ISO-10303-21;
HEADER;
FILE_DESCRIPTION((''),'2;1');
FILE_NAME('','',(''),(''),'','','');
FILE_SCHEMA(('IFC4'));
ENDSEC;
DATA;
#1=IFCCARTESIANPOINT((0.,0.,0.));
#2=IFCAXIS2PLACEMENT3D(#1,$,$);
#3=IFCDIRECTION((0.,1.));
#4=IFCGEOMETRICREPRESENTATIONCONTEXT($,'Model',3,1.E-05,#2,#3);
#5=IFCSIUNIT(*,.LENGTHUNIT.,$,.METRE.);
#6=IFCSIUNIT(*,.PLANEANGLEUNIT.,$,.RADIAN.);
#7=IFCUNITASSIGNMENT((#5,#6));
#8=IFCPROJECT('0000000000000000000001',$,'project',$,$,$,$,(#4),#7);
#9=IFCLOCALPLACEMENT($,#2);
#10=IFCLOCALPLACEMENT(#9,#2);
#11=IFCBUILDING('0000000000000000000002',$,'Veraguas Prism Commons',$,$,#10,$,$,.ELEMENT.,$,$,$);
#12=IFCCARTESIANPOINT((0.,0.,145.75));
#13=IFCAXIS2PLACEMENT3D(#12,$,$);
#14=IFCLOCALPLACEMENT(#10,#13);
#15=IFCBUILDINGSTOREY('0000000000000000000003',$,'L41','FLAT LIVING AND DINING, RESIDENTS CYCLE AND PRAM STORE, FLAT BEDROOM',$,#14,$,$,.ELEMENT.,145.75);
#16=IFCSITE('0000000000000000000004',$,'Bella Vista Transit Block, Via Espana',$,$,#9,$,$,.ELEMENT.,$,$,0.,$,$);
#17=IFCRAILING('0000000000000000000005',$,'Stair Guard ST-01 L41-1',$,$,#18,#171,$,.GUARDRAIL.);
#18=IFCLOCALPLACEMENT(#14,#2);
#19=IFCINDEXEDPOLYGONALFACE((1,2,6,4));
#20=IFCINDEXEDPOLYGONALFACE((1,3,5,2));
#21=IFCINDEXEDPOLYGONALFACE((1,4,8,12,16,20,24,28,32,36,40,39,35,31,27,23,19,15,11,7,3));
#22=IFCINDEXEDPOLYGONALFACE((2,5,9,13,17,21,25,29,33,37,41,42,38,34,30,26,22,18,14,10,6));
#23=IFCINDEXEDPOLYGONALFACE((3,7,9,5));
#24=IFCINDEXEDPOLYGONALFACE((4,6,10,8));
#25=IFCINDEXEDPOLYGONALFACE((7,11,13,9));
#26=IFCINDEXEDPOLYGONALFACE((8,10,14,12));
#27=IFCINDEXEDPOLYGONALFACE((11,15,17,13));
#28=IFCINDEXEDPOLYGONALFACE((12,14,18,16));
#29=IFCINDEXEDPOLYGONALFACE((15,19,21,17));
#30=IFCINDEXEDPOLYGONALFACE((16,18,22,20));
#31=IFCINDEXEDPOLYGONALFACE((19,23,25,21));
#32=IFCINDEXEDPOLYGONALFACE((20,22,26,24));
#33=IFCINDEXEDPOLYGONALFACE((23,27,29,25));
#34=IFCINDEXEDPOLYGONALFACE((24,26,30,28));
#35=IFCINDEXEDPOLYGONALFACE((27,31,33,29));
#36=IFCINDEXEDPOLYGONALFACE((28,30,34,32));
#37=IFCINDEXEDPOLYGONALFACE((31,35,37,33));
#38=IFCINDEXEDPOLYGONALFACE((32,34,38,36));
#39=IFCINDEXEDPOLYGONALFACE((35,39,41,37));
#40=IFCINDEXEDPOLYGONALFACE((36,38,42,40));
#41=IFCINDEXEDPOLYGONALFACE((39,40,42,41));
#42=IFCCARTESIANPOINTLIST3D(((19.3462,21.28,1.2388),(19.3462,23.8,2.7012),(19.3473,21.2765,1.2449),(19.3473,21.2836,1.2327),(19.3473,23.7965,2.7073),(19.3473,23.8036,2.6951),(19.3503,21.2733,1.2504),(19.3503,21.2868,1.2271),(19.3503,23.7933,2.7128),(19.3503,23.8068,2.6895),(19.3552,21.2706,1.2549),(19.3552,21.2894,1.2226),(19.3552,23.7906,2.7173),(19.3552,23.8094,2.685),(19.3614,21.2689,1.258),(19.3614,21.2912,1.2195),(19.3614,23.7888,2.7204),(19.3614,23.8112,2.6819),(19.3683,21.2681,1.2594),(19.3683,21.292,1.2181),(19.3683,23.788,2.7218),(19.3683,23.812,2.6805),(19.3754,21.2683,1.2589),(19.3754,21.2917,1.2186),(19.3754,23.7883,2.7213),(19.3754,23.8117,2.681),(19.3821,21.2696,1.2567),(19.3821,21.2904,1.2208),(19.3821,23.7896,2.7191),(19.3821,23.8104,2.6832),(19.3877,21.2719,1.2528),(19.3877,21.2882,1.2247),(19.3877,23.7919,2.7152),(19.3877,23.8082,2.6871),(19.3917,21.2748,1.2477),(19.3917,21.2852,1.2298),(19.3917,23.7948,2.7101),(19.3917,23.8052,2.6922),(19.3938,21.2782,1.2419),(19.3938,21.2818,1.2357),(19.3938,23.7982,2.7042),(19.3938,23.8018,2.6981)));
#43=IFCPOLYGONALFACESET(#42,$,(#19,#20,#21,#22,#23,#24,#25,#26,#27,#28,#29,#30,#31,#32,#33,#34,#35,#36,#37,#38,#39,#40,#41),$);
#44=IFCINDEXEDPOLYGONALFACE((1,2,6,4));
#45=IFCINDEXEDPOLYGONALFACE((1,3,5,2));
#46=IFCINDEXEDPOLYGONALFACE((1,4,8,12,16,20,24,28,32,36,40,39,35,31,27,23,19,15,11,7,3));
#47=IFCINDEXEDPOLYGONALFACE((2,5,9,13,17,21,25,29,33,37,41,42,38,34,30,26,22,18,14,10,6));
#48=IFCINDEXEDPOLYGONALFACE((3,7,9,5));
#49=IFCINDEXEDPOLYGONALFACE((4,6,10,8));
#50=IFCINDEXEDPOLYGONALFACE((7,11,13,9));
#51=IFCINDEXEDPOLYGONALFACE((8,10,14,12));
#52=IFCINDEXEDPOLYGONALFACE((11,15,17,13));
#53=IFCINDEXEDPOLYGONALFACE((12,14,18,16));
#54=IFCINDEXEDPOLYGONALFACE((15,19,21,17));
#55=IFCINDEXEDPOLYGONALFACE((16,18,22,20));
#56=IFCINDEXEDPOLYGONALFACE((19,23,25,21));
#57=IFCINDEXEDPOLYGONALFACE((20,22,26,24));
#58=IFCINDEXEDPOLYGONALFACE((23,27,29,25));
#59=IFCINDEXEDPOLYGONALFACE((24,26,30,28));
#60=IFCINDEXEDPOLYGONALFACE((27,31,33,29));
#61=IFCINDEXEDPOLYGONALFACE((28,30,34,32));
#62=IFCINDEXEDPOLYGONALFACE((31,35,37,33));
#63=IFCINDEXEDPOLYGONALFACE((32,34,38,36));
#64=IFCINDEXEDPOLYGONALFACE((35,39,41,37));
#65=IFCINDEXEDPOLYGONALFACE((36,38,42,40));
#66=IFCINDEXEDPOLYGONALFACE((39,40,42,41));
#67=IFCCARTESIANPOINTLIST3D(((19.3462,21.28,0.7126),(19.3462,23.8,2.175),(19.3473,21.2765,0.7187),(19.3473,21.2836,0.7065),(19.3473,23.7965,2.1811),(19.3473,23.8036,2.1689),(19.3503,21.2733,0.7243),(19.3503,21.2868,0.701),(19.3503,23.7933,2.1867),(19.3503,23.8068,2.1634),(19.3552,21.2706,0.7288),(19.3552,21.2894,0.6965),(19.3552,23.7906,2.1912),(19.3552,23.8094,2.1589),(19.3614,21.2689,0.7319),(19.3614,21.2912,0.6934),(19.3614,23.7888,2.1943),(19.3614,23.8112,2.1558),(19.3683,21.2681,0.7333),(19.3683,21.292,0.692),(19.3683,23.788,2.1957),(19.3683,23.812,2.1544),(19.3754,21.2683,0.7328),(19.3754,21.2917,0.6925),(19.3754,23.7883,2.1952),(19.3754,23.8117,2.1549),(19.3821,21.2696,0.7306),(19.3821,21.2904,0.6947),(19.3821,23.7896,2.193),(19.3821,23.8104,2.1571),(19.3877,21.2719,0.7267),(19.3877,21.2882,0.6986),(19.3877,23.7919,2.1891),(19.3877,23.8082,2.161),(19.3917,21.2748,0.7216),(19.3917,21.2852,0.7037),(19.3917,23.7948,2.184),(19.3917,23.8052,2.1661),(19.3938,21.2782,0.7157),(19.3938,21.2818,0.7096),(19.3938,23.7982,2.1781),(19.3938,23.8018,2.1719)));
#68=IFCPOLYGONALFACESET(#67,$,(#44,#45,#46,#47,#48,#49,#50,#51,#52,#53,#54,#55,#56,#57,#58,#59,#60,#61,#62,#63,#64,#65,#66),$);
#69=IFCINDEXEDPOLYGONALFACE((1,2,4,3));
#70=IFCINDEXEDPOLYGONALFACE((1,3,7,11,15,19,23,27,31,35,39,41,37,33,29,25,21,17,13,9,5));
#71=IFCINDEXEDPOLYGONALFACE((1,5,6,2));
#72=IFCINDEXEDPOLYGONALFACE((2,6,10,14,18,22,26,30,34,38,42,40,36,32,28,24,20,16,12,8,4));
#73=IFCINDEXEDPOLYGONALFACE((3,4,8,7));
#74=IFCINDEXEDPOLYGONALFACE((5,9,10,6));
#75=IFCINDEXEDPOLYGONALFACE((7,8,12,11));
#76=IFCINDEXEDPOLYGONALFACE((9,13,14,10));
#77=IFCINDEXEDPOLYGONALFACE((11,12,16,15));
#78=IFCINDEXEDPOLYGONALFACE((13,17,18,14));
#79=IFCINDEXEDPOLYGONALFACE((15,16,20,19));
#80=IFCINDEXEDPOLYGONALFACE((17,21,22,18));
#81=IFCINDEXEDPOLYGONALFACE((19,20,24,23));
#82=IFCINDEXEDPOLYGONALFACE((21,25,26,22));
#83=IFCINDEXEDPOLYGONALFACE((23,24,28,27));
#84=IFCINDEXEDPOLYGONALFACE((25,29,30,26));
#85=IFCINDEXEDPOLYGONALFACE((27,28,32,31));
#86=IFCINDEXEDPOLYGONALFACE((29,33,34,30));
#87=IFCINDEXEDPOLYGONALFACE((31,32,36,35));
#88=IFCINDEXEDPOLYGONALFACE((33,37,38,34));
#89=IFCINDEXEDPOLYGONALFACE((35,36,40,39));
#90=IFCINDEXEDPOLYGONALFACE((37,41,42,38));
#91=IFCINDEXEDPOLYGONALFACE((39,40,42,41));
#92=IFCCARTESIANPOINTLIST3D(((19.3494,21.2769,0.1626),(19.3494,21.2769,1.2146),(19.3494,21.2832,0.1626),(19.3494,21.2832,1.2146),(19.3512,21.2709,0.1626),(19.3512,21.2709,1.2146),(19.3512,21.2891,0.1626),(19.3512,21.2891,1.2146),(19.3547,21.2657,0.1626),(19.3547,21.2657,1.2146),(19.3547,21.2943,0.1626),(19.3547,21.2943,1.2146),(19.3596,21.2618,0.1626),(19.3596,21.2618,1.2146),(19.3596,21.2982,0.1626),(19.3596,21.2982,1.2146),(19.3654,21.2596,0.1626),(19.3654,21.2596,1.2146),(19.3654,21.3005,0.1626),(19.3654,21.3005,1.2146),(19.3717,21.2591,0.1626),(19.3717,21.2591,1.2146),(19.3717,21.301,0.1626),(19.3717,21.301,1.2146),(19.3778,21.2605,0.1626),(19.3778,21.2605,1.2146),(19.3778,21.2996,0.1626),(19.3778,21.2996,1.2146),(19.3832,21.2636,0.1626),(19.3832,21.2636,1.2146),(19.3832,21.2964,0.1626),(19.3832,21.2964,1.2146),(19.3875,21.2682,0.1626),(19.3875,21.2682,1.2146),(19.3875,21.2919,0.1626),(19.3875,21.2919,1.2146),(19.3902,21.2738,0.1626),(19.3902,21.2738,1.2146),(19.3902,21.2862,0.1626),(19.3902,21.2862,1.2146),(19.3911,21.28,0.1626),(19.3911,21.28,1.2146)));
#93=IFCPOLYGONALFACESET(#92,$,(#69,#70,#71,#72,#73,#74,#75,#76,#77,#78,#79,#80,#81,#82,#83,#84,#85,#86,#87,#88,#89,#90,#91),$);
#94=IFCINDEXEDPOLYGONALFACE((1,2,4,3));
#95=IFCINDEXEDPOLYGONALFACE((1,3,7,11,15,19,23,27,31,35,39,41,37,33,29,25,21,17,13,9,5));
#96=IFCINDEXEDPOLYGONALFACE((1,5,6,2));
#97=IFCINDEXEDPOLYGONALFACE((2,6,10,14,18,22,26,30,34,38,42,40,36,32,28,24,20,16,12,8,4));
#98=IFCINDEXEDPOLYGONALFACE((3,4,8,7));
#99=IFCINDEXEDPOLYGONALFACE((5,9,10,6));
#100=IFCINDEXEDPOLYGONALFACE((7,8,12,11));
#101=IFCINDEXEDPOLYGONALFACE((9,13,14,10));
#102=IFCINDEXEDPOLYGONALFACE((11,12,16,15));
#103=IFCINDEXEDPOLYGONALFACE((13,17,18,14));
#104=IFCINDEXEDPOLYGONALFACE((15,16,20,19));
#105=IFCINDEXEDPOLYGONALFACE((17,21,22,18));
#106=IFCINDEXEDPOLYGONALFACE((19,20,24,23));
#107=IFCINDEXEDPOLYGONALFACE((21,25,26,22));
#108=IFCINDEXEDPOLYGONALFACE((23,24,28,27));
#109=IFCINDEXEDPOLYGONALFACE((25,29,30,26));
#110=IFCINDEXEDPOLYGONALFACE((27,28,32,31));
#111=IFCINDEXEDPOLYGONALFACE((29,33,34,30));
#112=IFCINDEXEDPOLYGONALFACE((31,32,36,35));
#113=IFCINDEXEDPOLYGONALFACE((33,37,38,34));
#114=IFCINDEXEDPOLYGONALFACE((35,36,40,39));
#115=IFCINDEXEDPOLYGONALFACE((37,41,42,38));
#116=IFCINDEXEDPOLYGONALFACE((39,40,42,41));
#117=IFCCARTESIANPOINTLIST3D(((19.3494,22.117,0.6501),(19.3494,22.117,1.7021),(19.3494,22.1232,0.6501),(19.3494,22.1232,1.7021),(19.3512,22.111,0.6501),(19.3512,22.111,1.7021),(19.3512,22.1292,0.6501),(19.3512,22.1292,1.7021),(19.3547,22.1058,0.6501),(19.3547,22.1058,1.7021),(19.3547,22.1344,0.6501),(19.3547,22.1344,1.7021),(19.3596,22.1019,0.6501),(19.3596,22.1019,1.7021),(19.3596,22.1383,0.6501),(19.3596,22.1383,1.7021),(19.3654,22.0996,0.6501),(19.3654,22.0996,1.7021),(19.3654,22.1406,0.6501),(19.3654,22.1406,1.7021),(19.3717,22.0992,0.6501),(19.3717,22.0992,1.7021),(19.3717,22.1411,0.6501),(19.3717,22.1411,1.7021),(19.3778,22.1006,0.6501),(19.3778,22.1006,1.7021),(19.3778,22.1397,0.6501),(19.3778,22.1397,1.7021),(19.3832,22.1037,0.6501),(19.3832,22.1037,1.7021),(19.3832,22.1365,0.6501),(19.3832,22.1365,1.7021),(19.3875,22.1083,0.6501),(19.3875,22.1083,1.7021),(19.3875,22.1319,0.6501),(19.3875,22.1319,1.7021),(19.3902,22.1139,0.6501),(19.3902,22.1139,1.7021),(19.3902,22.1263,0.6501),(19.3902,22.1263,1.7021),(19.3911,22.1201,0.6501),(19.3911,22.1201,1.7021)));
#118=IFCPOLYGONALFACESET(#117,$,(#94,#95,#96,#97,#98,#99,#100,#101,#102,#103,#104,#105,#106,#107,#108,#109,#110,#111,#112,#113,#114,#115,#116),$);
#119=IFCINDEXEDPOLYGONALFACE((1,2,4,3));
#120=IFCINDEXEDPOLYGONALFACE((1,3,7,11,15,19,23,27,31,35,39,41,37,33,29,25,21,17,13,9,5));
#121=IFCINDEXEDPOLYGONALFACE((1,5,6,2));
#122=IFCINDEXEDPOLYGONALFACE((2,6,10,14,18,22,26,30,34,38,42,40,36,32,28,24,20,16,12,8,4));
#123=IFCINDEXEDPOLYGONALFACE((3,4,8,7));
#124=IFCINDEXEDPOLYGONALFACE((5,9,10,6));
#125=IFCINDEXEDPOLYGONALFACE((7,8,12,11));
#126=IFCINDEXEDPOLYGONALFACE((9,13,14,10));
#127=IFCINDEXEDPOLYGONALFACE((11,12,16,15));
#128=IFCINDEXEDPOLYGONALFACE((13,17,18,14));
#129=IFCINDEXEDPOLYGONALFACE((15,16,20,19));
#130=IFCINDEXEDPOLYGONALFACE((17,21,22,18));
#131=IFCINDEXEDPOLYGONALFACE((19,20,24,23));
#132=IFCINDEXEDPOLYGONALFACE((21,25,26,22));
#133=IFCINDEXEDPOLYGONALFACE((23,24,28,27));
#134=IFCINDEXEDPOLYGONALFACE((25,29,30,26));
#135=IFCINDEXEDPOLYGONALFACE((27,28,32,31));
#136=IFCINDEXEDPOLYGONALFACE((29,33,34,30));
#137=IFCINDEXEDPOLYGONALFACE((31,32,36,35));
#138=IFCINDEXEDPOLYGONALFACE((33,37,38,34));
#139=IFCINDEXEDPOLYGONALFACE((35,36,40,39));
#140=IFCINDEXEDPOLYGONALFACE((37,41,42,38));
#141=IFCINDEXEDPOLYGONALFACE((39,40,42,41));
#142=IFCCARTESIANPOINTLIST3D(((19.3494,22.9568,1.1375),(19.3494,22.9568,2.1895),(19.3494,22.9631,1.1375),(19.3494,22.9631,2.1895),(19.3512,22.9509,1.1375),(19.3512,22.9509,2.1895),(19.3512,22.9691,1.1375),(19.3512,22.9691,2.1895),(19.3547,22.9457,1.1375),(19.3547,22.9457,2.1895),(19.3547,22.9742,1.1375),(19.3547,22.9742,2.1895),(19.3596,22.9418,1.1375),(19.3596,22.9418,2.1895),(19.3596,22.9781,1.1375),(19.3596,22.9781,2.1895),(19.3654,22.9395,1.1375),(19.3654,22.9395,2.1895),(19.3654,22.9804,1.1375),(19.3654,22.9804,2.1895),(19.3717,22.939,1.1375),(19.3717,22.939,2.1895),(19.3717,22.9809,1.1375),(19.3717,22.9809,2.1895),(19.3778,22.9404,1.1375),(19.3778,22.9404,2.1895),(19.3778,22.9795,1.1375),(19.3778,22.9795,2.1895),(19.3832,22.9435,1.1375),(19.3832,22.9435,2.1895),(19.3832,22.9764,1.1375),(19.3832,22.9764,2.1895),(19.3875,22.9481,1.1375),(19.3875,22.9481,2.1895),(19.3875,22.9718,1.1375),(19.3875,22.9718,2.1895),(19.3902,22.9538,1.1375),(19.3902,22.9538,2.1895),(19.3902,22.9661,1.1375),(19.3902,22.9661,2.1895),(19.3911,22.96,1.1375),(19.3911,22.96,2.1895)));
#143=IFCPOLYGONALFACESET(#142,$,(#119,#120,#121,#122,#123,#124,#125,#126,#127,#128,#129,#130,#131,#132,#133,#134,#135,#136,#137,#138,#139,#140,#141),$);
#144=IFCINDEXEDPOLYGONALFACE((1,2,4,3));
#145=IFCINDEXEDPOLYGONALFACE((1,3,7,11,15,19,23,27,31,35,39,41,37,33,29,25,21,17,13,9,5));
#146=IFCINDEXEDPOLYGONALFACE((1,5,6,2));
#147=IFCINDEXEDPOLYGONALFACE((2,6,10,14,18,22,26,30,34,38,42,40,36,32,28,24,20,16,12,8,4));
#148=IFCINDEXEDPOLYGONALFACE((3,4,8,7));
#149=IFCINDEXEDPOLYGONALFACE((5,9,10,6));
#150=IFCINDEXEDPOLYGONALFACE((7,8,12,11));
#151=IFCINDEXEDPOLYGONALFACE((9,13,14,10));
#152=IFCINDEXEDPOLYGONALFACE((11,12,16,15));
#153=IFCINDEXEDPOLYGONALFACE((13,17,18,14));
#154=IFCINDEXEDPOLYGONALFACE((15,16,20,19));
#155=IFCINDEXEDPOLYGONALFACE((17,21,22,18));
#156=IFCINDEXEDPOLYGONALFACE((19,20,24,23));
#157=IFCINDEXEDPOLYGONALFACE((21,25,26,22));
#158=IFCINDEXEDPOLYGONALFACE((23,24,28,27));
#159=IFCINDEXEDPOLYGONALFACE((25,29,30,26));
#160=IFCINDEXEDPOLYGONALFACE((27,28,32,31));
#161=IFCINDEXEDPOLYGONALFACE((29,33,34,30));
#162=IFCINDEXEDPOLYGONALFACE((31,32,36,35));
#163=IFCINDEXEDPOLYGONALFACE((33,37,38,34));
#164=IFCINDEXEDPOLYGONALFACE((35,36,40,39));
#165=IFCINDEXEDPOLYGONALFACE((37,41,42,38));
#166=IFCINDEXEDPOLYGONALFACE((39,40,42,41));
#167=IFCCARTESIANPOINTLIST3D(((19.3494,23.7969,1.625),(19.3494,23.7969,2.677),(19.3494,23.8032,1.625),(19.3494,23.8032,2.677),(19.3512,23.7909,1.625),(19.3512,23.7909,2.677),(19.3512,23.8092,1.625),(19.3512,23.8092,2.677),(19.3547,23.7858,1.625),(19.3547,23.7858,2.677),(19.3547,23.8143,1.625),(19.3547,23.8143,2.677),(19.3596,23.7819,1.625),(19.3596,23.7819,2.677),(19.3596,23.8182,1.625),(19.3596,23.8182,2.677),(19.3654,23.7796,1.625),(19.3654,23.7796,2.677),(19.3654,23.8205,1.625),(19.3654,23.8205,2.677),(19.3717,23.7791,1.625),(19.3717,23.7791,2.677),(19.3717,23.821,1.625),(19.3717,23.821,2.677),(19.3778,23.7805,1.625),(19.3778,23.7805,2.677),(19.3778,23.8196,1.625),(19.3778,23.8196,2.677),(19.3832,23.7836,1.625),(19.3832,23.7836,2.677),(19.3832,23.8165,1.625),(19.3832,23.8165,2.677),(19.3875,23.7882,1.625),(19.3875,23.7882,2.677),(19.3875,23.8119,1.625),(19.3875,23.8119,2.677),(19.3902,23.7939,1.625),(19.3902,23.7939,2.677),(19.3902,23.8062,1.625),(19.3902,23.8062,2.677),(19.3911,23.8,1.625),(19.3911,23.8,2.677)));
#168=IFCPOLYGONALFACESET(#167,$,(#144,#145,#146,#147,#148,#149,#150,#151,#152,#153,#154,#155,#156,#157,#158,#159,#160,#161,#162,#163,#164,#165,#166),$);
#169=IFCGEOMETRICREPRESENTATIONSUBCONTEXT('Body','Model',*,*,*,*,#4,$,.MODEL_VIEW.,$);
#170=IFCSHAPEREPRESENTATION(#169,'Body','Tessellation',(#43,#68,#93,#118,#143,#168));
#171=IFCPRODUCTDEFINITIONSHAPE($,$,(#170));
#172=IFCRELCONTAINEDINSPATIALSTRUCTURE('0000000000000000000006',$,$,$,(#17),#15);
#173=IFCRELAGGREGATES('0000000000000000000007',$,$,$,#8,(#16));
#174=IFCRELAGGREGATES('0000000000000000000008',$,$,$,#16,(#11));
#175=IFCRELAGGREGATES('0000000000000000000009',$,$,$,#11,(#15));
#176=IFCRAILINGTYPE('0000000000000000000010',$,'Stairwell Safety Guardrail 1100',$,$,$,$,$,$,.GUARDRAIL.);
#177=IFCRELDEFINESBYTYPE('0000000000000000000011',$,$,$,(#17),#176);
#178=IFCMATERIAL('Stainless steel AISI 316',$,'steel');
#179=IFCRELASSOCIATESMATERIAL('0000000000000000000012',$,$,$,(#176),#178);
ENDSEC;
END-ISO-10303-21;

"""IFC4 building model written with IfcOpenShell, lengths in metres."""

from ifc_helpers import new_model, si_unit, direction, frame, origin, origin_2d, place, context, subcontext, project, spatial, circle, extrude, material, type_object, element, save


model = new_model("IFC4")

# Units and contexts
model_context = context("Model", 3, precision=1e-05, world=origin(), true_north=direction((0.0, 1.0)))
body_context = subcontext(model_context, "Body", "Model", "MODEL_VIEW")
ifc_project = project(units=[si_unit("LENGTHUNIT", "METRE"), si_unit("PLANEANGLEUNIT", "RADIAN")], contexts=[model_context])

# Site, building, storey
site_placement = place(None, origin())
site = spatial("IfcSite", under=ifc_project, at=site_placement, Name="Bella Vista Transit Block, Via Espana", CompositionType="ELEMENT", RefElevation=0.0)
building_placement = place(site_placement, origin())
building = spatial("IfcBuilding", under=site, at=building_placement, Name="Veraguas Prism Commons", CompositionType="ELEMENT")
storey_placement = place(building_placement, frame((0.0, 0.0, 145.75)))
storey = spatial("IfcBuildingStorey", under=building, at=storey_placement, Name="L41", Description="FLAT LIVING AND DINING, RESIDENTS CYCLE AND PRAM STORE, FLAT BEDROOM", CompositionType="ELEMENT", Elevation=145.75)

# Shared definitions
ifc_material_1 = material(Name="Stainless steel AISI 316", Category="steel")

# Railing
railing_type_1 = type_object("IfcRailingType", Name="Stairwell Safety Guardrail 1100", PredefinedType="GUARDRAIL", material=ifc_material_1)
railing_1_placement = place(storey_placement, frame((19.3701, 21.28, 0.1626)))
element("IfcRailing", 1, at=railing_1_placement, inside=storey, type_object=railing_type_1, Name="Stair Guard ST-01 L41-1", PredefinedType="GUARDRAIL", context=body_context, shape_type="SweptSolid", body=[
    extrude(circle(Radius=0.0239, at=origin_2d()), frame((0.0, 0.0, 1.0762), z_axis=(0.0, 0.864913, 0.501921), x_axis=(-1.0, 0.0, 0.0)), (0.0, 0.0, 1.0), 2.9136),
    extrude(circle(Radius=0.0239, at=origin_2d()), frame((0.0, 0.0, 0.55), z_axis=(0.0, 0.864913, 0.501921), x_axis=(-1.0, 0.0, 0.0)), (0.0, 0.0, 1.0), 2.9136),
    extrude(circle(Radius=0.021, at=origin_2d()), origin(), (0.0, 0.0, 1.0), 1.052),
    extrude(circle(Radius=0.021, at=origin_2d()), frame((0.0, 0.8401, 0.4875)), (0.0, 0.0, 1.0), 1.052),
    extrude(circle(Radius=0.021, at=origin_2d()), frame((0.0, 1.6799, 0.9749)), (0.0, 0.0, 1.0), 1.052),
    extrude(circle(Radius=0.021, at=origin_2d()), frame((0.0, 2.52, 1.4624)), (0.0, 0.0, 1.0), 1.052),
])

save(model, "model.ifc")
